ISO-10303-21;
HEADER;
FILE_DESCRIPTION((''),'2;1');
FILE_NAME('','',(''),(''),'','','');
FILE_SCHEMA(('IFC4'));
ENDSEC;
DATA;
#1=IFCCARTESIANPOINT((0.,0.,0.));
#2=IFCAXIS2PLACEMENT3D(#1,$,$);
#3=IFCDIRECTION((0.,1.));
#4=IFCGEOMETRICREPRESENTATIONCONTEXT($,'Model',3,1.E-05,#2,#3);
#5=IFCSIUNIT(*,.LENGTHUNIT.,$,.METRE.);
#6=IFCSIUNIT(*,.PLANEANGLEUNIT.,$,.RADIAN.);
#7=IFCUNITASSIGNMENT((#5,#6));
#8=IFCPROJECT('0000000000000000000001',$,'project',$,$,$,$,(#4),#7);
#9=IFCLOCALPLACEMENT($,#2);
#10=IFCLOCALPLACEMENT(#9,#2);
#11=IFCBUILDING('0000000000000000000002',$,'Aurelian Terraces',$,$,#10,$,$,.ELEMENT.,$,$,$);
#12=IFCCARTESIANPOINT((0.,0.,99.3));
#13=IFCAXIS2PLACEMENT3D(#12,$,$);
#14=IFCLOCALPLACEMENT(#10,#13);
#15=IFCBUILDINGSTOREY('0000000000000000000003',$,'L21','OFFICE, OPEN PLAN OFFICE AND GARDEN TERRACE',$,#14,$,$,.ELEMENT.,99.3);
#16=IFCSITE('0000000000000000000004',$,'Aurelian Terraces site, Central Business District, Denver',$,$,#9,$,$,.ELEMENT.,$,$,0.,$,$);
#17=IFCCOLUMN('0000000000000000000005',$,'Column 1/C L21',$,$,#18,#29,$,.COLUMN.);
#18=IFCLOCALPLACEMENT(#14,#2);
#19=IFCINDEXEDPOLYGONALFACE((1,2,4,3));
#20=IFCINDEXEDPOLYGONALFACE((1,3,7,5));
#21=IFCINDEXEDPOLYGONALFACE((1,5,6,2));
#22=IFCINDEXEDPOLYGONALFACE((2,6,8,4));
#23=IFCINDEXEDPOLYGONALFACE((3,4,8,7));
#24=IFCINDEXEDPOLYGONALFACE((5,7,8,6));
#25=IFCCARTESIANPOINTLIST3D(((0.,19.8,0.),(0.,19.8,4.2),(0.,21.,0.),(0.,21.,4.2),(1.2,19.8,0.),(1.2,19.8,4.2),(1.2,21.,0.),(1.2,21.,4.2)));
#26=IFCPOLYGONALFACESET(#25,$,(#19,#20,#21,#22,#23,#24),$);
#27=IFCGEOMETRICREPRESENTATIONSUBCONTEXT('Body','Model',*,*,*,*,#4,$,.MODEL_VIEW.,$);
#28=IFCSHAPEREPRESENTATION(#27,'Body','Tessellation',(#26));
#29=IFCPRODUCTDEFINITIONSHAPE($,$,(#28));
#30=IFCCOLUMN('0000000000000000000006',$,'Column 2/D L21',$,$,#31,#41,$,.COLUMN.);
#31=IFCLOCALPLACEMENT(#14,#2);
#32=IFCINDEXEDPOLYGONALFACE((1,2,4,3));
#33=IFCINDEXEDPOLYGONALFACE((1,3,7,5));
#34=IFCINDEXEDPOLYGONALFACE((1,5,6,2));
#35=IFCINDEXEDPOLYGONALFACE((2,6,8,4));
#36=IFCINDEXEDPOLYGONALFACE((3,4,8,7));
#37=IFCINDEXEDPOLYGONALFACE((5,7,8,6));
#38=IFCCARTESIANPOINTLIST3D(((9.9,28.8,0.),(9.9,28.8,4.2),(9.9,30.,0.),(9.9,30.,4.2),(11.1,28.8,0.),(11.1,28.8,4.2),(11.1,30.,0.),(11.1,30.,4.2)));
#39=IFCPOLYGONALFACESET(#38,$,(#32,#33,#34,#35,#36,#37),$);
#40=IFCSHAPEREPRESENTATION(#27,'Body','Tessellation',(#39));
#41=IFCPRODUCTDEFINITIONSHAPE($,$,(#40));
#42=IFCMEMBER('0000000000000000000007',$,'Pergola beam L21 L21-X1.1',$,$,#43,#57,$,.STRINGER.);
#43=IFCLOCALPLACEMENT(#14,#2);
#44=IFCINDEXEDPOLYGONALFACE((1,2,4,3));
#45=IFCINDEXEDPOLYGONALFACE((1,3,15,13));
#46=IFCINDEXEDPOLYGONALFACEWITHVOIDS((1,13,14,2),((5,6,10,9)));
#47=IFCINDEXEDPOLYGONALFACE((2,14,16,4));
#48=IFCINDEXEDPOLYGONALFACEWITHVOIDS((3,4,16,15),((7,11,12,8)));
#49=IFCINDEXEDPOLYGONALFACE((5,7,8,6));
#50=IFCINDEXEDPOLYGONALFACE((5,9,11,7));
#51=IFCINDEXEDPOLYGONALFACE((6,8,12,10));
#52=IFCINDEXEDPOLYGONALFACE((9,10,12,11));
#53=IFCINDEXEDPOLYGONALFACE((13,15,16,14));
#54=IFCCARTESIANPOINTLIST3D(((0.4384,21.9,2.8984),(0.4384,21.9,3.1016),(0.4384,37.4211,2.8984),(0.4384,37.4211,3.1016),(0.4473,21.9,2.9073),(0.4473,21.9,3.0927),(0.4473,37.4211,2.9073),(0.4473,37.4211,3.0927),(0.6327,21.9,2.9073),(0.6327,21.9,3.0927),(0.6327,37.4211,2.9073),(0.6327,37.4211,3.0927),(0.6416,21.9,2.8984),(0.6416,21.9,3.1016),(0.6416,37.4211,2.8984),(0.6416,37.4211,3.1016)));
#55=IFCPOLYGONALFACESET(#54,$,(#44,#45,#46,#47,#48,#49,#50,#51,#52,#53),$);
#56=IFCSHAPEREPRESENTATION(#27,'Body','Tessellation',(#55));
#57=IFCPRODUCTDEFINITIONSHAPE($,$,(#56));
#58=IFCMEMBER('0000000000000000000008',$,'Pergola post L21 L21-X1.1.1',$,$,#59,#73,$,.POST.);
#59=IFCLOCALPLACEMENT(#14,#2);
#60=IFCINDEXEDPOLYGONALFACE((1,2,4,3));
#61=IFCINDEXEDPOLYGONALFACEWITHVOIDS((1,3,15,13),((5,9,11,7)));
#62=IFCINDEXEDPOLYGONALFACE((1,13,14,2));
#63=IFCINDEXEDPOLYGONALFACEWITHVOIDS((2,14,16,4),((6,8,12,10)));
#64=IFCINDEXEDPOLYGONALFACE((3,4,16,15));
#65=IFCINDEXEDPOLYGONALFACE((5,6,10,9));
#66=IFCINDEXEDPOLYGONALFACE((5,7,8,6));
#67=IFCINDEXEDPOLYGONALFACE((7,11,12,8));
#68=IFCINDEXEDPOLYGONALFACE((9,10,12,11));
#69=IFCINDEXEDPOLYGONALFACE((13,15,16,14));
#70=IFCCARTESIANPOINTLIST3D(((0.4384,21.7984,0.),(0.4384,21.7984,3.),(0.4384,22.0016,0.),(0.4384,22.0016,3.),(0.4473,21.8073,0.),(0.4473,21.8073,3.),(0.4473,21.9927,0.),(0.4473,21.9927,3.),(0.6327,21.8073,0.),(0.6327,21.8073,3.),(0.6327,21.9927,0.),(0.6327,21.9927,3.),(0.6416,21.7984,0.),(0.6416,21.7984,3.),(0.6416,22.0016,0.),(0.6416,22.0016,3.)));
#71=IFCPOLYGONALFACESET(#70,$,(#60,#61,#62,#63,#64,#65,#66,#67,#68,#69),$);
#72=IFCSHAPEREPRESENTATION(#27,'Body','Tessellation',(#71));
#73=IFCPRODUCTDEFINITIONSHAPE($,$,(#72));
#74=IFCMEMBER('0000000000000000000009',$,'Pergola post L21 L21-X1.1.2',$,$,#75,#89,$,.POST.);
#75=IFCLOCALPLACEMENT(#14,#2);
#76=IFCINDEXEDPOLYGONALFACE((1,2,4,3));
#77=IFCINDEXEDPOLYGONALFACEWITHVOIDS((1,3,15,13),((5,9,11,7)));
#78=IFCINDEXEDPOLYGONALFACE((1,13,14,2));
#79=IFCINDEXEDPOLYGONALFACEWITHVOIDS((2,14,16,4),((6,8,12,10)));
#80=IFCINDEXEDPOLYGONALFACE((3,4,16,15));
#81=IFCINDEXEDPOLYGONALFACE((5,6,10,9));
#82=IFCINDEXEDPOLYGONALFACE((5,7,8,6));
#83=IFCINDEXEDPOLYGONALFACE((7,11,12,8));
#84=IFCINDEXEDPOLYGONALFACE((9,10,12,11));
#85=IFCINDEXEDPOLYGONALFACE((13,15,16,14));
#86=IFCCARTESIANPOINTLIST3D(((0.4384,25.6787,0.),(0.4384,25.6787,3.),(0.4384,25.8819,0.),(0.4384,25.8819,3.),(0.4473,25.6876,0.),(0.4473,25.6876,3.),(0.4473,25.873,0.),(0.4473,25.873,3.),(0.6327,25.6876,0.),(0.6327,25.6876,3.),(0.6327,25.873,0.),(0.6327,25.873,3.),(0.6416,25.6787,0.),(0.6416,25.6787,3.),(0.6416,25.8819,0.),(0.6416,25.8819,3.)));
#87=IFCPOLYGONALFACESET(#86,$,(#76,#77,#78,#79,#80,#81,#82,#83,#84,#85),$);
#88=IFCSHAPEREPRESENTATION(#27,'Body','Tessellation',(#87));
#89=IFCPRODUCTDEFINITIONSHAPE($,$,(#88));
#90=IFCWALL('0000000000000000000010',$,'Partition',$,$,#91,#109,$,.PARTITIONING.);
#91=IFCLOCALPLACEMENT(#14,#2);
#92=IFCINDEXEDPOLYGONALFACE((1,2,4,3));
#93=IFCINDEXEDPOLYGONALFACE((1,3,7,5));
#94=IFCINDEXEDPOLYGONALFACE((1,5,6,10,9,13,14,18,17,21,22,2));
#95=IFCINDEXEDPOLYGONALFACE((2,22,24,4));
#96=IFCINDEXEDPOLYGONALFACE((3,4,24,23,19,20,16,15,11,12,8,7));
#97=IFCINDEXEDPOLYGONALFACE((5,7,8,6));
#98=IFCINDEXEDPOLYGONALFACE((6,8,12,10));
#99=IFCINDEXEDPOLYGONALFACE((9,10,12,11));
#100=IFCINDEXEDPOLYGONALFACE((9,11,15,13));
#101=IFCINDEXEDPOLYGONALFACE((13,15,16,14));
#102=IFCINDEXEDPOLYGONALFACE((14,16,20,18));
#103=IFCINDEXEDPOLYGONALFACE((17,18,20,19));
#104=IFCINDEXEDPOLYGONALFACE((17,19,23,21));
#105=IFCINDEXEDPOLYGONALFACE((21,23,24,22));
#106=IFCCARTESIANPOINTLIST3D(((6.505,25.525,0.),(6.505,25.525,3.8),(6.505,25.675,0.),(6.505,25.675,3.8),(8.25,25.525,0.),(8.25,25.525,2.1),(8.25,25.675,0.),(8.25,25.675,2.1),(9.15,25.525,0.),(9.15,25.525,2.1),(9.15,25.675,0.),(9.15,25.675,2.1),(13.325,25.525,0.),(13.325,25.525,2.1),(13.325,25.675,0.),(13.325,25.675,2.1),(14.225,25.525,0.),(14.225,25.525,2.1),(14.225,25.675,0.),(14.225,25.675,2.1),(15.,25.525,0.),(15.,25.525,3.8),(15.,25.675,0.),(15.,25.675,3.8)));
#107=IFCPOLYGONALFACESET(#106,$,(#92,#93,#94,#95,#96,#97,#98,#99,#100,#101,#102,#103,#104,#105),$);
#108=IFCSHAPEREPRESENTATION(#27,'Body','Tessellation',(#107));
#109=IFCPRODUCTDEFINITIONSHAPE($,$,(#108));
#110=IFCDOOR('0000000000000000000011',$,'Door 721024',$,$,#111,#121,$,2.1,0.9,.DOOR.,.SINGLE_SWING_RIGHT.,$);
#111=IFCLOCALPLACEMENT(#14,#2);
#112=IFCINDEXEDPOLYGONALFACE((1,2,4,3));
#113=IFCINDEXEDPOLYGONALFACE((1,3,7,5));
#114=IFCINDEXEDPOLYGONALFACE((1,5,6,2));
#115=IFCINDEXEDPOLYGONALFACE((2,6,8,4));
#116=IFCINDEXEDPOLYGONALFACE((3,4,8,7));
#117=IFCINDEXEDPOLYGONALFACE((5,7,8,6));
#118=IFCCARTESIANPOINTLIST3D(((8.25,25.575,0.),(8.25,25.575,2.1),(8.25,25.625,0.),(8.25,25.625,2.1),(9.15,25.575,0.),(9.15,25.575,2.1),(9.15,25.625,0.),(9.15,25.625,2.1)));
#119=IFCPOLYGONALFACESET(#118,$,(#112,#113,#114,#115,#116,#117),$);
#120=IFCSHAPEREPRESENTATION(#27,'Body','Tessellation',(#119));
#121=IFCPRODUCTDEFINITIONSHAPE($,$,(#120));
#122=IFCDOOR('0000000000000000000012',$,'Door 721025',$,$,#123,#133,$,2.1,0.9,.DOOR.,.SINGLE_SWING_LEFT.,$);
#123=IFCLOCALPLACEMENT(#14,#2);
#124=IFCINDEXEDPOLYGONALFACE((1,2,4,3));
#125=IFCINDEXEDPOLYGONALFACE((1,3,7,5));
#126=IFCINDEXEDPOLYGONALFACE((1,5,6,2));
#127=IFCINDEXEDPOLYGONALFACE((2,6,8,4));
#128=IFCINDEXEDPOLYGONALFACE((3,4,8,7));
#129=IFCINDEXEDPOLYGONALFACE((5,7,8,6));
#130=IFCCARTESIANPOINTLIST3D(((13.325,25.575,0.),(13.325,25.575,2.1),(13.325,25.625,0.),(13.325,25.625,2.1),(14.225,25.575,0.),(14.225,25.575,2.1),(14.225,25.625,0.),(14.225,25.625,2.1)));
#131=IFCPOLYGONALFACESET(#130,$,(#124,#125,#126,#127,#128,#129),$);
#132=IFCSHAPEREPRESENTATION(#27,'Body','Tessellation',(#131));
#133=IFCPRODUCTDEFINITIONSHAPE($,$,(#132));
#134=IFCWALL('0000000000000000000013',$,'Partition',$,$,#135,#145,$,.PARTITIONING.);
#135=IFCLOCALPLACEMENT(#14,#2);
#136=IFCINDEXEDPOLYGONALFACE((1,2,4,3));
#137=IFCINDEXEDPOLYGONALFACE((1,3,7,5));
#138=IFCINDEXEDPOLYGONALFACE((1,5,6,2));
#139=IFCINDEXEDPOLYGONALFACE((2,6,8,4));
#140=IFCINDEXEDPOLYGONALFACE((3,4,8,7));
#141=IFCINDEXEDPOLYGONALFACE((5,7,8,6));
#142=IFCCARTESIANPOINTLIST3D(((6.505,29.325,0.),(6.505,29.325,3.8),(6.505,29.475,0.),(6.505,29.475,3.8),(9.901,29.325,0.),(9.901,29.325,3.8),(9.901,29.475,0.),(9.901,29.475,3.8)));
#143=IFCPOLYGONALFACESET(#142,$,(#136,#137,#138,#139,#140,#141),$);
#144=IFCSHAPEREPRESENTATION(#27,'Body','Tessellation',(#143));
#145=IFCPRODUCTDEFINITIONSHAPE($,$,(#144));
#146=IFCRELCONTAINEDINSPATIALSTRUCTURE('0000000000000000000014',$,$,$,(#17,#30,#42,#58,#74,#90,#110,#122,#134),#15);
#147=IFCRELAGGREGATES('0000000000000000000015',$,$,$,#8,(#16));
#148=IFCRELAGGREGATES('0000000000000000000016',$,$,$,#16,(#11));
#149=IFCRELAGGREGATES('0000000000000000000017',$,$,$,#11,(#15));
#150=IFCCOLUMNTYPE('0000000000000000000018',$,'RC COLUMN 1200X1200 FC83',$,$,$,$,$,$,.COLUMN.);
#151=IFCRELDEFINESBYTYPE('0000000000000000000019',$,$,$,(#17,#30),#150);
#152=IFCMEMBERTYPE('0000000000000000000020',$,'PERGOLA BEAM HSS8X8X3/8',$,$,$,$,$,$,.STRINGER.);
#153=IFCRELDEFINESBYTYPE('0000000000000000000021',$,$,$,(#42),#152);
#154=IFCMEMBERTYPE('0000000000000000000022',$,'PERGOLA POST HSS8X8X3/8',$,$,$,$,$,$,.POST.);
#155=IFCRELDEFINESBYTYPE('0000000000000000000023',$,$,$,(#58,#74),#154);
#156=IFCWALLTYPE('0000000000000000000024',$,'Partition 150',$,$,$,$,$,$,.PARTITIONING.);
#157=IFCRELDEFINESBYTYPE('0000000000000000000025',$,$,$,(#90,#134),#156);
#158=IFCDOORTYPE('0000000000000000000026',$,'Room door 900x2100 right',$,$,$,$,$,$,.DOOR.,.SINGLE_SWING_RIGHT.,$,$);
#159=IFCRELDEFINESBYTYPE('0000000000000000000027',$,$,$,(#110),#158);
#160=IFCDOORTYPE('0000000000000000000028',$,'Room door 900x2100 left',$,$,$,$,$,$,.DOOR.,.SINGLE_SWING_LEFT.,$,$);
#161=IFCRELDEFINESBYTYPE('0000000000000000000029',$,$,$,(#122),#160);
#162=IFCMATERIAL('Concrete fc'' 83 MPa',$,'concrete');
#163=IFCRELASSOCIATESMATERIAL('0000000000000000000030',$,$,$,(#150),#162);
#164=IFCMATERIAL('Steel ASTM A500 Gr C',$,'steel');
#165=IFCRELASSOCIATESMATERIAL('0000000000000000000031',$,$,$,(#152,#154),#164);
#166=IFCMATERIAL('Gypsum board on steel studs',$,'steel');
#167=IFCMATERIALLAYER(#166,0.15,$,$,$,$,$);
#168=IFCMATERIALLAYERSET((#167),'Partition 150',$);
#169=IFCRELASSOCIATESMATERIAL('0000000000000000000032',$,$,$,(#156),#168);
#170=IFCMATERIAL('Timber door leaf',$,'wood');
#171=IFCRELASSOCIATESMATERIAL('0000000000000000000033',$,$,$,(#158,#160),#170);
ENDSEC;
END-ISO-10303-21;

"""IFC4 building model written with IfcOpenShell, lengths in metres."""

from ifc_helpers import new_model, si_unit, direction, frame, frame_2d, origin, origin_2d, place, context, subcontext, project, spatial, rectangle, hollow_rectangle, extrude, source, transform, mapped, material, layer, layer_set, material_profile, profile_set, type_object, element, fill, save


model = new_model("IFC4")

# Units and contexts
model_context = context("Model", 3, precision=1e-05, world=origin(), true_north=direction((0.0, 1.0)))
body_context = subcontext(model_context, "Body", "Model", "MODEL_VIEW")
ifc_project = project(units=[si_unit("LENGTHUNIT", "METRE"), si_unit("PLANEANGLEUNIT", "RADIAN")], contexts=[model_context])

# Site, building, storey
site_placement = place(None, origin())
site = spatial("IfcSite", under=ifc_project, at=site_placement, Name="Aurelian Terraces site, Central Business District, Denver", CompositionType="ELEMENT", RefElevation=0.0)
building_placement = place(site_placement, origin())
building = spatial("IfcBuilding", under=site, at=building_placement, Name="Aurelian Terraces", CompositionType="ELEMENT")
storey_placement = place(building_placement, frame((0.0, 0.0, 99.3)))
storey = spatial("IfcBuildingStorey", under=building, at=storey_placement, Name="L21", Description="OFFICE, OPEN PLAN OFFICE AND GARDEN TERRACE", CompositionType="ELEMENT", Elevation=99.3)

# Columns
ifc_material_1 = material(Name="Concrete fc' 83 MPa", Category="concrete")
ifc_material_profile_1 = material_profile(ifc_material_1, rectangle(XDim=1.2, YDim=1.2, at=origin_2d()))
ifc_profile_set_1 = profile_set([ifc_material_profile_1], Name="Concrete fc' 83 MPa")
column_type = type_object("IfcColumnType", Name="RC COLUMN 1200X1200 FC83", PredefinedType="COLUMN", material=ifc_profile_set_1)
shared_shape_1 = source(origin(), body_context, "Body", "SweptSolid", [
    extrude(rectangle(XDim=1.2, YDim=1.2, at=origin_2d()), origin(), (0.0, 0.0, 1.0), 4.2),
])
for number, where, z_axis, x_axis, name in (
    (1, (0.6, 20.4, 0.0), (0.0, 0.0, 1.0), (1.0, 0.0, 0.0), "Column 1/C L21"),
    (2, (10.5, 29.4, 0.0), (0.0, 0.0, 1.0), (1.0, 0.0, 0.0), "Column 2/D L21"),
):
    element("IfcColumn", number, at=place(storey_placement, frame(where, z_axis=z_axis, x_axis=x_axis)), inside=storey, type_object=column_type, Name=name, PredefinedType="COLUMN", context=body_context, shape_type="MappedRepresentation", body=[
        mapped(shared_shape_1, transform((0.0, 0.0, 0.0), scale=1.0)),
    ])

# Members
ifc_material_2 = material(Name="Steel ASTM A500 Gr C", Category="steel")
ifc_material_profile_2 = material_profile(ifc_material_2, hollow_rectangle(XDim=0.2032, YDim=0.2032, WallThickness=0.0089, at=origin_2d()))
ifc_profile_set_2 = profile_set([ifc_material_profile_2], Name="Steel ASTM A500 Gr C")
member_type_1 = type_object("IfcMemberType", Name="PERGOLA BEAM HSS8X8X3/8", PredefinedType="STRINGER", material=ifc_profile_set_2)
member_1_placement = place(storey_placement, frame((0.54, 21.9, 3.0), z_axis=(0.0, 1.0, 0.0), x_axis=(-1.0, 0.0, 0.0)))
element("IfcMember", 3, at=member_1_placement, inside=storey, type_object=member_type_1, Name="Pergola beam L21 L21-X1.1", PredefinedType="STRINGER", context=body_context, shape_type="SweptSolid", body=[
    extrude(hollow_rectangle(XDim=0.2032, YDim=0.2032, WallThickness=0.0089, at=origin_2d()), origin(), (0.0, 0.0, 1.0), 15.5211),
])
ifc_material_profile_3 = material_profile(ifc_material_2, hollow_rectangle(XDim=0.2032, YDim=0.2032, WallThickness=0.0089, at=origin_2d()))
ifc_profile_set_3 = profile_set([ifc_material_profile_3], Name="Steel ASTM A500 Gr C")
member_type_2 = type_object("IfcMemberType", Name="PERGOLA POST HSS8X8X3/8", PredefinedType="POST", material=ifc_profile_set_3)
member_2_placement = place(storey_placement, frame((0.54, 21.9, 0.0), z_axis=(0.0, 0.0, 1.0), x_axis=(1.0, 0.0, 0.0)))
element("IfcMember", 4, at=member_2_placement, inside=storey, type_object=member_type_2, Name="Pergola post L21 L21-X1.1.1", PredefinedType="POST", context=body_context, shape_type="SweptSolid", body=[
    extrude(hollow_rectangle(XDim=0.2032, YDim=0.2032, WallThickness=0.0089, at=origin_2d()), origin(), (0.0, 0.0, 1.0), 3.0),
])
shared_shape_2 = source(origin(), body_context, "Body", "SweptSolid", [
    extrude(hollow_rectangle(XDim=0.2032, YDim=0.2032, WallThickness=0.0089, at=origin_2d()), origin(), (0.0, 0.0, 1.0), 3.0),
])
member_3_placement = place(storey_placement, frame((0.54, 25.7803, 0.0), z_axis=(0.0, 0.0, 1.0), x_axis=(1.0, 0.0, 0.0)))
element("IfcMember", 5, at=member_3_placement, inside=storey, type_object=member_type_2, Name="Pergola post L21 L21-X1.1.2", PredefinedType="POST", context=body_context, shape_type="MappedRepresentation", body=[
    mapped(shared_shape_2, transform((0.0, 0.0, 0.0), scale=1.0)),
])

# Wall, openings, doors
ifc_material_3 = material(Name="Gypsum board on steel studs", Category="steel")
ifc_layer_1 = layer(ifc_material_3, 0.15)
ifc_layer_set_1 = layer_set([ifc_layer_1], Name="Partition 150")
wall_type_1 = type_object("IfcWallType", Name="Partition 150", PredefinedType="PARTITIONING", material=ifc_layer_set_1)
wall_1_placement = place(storey_placement, frame((6.505, 25.6, 0.0), z_axis=(0.0, 0.0, 1.0), x_axis=(1.0, 0.0, 0.0)))
wall_1 = element("IfcWall", 6, at=wall_1_placement, inside=storey, type_object=wall_type_1, Name="Partition", PredefinedType="PARTITIONING", context=body_context, shape_type="SweptSolid", body=[
    extrude(rectangle(XDim=8.495, YDim=0.15, at=frame_2d((4.2475, 0.0))), origin(), (0.0, 0.0, 1.0), 3.8),
])
shared_shape_3 = source(origin(), body_context, "Body", "SweptSolid", [
    extrude(rectangle(XDim=0.9, YDim=2.1, at=frame_2d((0.45, 1.05))), frame((0.0, 0.085, 0.0), z_axis=(0.0, -1.0, 0.0), x_axis=(1.0, 0.0, 0.0)), (0.0, 0.0, 1.0), 0.17),
])
opening_1_placement = place(wall_1_placement, frame((1.745, 0.0, 0.0)))
opening_1 = element("IfcOpeningElement", 7, at=opening_1_placement, cuts=wall_1, PredefinedType="OPENING", context=body_context, shape_type="MappedRepresentation", body=[
    mapped(shared_shape_3, transform((0.0, 0.0, 0.0), scale=1.0)),
])
opening_2_placement = place(wall_1_placement, frame((6.82, 0.0, 0.0)))
opening_2 = element("IfcOpeningElement", 8, at=opening_2_placement, cuts=wall_1, PredefinedType="OPENING", context=body_context, shape_type="MappedRepresentation", body=[
    mapped(shared_shape_3, transform((0.0, 0.0, 0.0), scale=1.0)),
])
ifc_material_4 = material(Name="Timber door leaf", Category="wood")
door_type_1 = type_object("IfcDoorType", Name="Room door 900x2100 right", OperationType="SINGLE_SWING_RIGHT", PredefinedType="DOOR", material=ifc_material_4)
shared_shape_4 = source(origin(), body_context, "Body", "SweptSolid", [
    extrude(rectangle(XDim=0.9, YDim=2.1, at=frame_2d((0.45, 1.05))), frame((0.0, 0.025, 0.0), z_axis=(0.0, -1.0, 0.0), x_axis=(1.0, 0.0, 0.0)), (0.0, 0.0, 1.0), 0.05),
])
door_1_placement = place(opening_1_placement, origin())
door_1 = element("IfcDoor", 9, at=door_1_placement, inside=storey, type_object=door_type_1, Name="Door 721024", OperationType="SINGLE_SWING_RIGHT", OverallHeight=2.1, OverallWidth=0.9, PredefinedType="DOOR", context=body_context, shape_type="MappedRepresentation", body=[
    mapped(shared_shape_4, transform((0.0, 0.0, 0.0), scale=1.0)),
])
fill(opening_1, door_1)
door_type_2 = type_object("IfcDoorType", Name="Room door 900x2100 left", OperationType="SINGLE_SWING_LEFT", PredefinedType="DOOR", material=ifc_material_4)
door_2_placement = place(opening_2_placement, origin())
door_2 = element("IfcDoor", 10, at=door_2_placement, inside=storey, type_object=door_type_2, Name="Door 721025", OperationType="SINGLE_SWING_LEFT", OverallHeight=2.1, OverallWidth=0.9, PredefinedType="DOOR", context=body_context, shape_type="MappedRepresentation", body=[
    mapped(shared_shape_4, transform((0.0, 0.0, 0.0), scale=1.0)),
])
fill(opening_2, door_2)

# Wall
wall_2_placement = place(storey_placement, frame((9.901, 29.4, 0.0), z_axis=(0.0, 0.0, 1.0), x_axis=(-1.0, 0.0, 0.0)))
element("IfcWall", 11, at=wall_2_placement, inside=storey, type_object=wall_type_1, Name="Partition", PredefinedType="PARTITIONING", context=body_context, shape_type="SweptSolid", body=[
    extrude(rectangle(XDim=3.396, YDim=0.15, at=frame_2d((1.698, 0.0))), origin(), (0.0, 0.0, 1.0), 3.8),
])

save(model, "model.ifc")
